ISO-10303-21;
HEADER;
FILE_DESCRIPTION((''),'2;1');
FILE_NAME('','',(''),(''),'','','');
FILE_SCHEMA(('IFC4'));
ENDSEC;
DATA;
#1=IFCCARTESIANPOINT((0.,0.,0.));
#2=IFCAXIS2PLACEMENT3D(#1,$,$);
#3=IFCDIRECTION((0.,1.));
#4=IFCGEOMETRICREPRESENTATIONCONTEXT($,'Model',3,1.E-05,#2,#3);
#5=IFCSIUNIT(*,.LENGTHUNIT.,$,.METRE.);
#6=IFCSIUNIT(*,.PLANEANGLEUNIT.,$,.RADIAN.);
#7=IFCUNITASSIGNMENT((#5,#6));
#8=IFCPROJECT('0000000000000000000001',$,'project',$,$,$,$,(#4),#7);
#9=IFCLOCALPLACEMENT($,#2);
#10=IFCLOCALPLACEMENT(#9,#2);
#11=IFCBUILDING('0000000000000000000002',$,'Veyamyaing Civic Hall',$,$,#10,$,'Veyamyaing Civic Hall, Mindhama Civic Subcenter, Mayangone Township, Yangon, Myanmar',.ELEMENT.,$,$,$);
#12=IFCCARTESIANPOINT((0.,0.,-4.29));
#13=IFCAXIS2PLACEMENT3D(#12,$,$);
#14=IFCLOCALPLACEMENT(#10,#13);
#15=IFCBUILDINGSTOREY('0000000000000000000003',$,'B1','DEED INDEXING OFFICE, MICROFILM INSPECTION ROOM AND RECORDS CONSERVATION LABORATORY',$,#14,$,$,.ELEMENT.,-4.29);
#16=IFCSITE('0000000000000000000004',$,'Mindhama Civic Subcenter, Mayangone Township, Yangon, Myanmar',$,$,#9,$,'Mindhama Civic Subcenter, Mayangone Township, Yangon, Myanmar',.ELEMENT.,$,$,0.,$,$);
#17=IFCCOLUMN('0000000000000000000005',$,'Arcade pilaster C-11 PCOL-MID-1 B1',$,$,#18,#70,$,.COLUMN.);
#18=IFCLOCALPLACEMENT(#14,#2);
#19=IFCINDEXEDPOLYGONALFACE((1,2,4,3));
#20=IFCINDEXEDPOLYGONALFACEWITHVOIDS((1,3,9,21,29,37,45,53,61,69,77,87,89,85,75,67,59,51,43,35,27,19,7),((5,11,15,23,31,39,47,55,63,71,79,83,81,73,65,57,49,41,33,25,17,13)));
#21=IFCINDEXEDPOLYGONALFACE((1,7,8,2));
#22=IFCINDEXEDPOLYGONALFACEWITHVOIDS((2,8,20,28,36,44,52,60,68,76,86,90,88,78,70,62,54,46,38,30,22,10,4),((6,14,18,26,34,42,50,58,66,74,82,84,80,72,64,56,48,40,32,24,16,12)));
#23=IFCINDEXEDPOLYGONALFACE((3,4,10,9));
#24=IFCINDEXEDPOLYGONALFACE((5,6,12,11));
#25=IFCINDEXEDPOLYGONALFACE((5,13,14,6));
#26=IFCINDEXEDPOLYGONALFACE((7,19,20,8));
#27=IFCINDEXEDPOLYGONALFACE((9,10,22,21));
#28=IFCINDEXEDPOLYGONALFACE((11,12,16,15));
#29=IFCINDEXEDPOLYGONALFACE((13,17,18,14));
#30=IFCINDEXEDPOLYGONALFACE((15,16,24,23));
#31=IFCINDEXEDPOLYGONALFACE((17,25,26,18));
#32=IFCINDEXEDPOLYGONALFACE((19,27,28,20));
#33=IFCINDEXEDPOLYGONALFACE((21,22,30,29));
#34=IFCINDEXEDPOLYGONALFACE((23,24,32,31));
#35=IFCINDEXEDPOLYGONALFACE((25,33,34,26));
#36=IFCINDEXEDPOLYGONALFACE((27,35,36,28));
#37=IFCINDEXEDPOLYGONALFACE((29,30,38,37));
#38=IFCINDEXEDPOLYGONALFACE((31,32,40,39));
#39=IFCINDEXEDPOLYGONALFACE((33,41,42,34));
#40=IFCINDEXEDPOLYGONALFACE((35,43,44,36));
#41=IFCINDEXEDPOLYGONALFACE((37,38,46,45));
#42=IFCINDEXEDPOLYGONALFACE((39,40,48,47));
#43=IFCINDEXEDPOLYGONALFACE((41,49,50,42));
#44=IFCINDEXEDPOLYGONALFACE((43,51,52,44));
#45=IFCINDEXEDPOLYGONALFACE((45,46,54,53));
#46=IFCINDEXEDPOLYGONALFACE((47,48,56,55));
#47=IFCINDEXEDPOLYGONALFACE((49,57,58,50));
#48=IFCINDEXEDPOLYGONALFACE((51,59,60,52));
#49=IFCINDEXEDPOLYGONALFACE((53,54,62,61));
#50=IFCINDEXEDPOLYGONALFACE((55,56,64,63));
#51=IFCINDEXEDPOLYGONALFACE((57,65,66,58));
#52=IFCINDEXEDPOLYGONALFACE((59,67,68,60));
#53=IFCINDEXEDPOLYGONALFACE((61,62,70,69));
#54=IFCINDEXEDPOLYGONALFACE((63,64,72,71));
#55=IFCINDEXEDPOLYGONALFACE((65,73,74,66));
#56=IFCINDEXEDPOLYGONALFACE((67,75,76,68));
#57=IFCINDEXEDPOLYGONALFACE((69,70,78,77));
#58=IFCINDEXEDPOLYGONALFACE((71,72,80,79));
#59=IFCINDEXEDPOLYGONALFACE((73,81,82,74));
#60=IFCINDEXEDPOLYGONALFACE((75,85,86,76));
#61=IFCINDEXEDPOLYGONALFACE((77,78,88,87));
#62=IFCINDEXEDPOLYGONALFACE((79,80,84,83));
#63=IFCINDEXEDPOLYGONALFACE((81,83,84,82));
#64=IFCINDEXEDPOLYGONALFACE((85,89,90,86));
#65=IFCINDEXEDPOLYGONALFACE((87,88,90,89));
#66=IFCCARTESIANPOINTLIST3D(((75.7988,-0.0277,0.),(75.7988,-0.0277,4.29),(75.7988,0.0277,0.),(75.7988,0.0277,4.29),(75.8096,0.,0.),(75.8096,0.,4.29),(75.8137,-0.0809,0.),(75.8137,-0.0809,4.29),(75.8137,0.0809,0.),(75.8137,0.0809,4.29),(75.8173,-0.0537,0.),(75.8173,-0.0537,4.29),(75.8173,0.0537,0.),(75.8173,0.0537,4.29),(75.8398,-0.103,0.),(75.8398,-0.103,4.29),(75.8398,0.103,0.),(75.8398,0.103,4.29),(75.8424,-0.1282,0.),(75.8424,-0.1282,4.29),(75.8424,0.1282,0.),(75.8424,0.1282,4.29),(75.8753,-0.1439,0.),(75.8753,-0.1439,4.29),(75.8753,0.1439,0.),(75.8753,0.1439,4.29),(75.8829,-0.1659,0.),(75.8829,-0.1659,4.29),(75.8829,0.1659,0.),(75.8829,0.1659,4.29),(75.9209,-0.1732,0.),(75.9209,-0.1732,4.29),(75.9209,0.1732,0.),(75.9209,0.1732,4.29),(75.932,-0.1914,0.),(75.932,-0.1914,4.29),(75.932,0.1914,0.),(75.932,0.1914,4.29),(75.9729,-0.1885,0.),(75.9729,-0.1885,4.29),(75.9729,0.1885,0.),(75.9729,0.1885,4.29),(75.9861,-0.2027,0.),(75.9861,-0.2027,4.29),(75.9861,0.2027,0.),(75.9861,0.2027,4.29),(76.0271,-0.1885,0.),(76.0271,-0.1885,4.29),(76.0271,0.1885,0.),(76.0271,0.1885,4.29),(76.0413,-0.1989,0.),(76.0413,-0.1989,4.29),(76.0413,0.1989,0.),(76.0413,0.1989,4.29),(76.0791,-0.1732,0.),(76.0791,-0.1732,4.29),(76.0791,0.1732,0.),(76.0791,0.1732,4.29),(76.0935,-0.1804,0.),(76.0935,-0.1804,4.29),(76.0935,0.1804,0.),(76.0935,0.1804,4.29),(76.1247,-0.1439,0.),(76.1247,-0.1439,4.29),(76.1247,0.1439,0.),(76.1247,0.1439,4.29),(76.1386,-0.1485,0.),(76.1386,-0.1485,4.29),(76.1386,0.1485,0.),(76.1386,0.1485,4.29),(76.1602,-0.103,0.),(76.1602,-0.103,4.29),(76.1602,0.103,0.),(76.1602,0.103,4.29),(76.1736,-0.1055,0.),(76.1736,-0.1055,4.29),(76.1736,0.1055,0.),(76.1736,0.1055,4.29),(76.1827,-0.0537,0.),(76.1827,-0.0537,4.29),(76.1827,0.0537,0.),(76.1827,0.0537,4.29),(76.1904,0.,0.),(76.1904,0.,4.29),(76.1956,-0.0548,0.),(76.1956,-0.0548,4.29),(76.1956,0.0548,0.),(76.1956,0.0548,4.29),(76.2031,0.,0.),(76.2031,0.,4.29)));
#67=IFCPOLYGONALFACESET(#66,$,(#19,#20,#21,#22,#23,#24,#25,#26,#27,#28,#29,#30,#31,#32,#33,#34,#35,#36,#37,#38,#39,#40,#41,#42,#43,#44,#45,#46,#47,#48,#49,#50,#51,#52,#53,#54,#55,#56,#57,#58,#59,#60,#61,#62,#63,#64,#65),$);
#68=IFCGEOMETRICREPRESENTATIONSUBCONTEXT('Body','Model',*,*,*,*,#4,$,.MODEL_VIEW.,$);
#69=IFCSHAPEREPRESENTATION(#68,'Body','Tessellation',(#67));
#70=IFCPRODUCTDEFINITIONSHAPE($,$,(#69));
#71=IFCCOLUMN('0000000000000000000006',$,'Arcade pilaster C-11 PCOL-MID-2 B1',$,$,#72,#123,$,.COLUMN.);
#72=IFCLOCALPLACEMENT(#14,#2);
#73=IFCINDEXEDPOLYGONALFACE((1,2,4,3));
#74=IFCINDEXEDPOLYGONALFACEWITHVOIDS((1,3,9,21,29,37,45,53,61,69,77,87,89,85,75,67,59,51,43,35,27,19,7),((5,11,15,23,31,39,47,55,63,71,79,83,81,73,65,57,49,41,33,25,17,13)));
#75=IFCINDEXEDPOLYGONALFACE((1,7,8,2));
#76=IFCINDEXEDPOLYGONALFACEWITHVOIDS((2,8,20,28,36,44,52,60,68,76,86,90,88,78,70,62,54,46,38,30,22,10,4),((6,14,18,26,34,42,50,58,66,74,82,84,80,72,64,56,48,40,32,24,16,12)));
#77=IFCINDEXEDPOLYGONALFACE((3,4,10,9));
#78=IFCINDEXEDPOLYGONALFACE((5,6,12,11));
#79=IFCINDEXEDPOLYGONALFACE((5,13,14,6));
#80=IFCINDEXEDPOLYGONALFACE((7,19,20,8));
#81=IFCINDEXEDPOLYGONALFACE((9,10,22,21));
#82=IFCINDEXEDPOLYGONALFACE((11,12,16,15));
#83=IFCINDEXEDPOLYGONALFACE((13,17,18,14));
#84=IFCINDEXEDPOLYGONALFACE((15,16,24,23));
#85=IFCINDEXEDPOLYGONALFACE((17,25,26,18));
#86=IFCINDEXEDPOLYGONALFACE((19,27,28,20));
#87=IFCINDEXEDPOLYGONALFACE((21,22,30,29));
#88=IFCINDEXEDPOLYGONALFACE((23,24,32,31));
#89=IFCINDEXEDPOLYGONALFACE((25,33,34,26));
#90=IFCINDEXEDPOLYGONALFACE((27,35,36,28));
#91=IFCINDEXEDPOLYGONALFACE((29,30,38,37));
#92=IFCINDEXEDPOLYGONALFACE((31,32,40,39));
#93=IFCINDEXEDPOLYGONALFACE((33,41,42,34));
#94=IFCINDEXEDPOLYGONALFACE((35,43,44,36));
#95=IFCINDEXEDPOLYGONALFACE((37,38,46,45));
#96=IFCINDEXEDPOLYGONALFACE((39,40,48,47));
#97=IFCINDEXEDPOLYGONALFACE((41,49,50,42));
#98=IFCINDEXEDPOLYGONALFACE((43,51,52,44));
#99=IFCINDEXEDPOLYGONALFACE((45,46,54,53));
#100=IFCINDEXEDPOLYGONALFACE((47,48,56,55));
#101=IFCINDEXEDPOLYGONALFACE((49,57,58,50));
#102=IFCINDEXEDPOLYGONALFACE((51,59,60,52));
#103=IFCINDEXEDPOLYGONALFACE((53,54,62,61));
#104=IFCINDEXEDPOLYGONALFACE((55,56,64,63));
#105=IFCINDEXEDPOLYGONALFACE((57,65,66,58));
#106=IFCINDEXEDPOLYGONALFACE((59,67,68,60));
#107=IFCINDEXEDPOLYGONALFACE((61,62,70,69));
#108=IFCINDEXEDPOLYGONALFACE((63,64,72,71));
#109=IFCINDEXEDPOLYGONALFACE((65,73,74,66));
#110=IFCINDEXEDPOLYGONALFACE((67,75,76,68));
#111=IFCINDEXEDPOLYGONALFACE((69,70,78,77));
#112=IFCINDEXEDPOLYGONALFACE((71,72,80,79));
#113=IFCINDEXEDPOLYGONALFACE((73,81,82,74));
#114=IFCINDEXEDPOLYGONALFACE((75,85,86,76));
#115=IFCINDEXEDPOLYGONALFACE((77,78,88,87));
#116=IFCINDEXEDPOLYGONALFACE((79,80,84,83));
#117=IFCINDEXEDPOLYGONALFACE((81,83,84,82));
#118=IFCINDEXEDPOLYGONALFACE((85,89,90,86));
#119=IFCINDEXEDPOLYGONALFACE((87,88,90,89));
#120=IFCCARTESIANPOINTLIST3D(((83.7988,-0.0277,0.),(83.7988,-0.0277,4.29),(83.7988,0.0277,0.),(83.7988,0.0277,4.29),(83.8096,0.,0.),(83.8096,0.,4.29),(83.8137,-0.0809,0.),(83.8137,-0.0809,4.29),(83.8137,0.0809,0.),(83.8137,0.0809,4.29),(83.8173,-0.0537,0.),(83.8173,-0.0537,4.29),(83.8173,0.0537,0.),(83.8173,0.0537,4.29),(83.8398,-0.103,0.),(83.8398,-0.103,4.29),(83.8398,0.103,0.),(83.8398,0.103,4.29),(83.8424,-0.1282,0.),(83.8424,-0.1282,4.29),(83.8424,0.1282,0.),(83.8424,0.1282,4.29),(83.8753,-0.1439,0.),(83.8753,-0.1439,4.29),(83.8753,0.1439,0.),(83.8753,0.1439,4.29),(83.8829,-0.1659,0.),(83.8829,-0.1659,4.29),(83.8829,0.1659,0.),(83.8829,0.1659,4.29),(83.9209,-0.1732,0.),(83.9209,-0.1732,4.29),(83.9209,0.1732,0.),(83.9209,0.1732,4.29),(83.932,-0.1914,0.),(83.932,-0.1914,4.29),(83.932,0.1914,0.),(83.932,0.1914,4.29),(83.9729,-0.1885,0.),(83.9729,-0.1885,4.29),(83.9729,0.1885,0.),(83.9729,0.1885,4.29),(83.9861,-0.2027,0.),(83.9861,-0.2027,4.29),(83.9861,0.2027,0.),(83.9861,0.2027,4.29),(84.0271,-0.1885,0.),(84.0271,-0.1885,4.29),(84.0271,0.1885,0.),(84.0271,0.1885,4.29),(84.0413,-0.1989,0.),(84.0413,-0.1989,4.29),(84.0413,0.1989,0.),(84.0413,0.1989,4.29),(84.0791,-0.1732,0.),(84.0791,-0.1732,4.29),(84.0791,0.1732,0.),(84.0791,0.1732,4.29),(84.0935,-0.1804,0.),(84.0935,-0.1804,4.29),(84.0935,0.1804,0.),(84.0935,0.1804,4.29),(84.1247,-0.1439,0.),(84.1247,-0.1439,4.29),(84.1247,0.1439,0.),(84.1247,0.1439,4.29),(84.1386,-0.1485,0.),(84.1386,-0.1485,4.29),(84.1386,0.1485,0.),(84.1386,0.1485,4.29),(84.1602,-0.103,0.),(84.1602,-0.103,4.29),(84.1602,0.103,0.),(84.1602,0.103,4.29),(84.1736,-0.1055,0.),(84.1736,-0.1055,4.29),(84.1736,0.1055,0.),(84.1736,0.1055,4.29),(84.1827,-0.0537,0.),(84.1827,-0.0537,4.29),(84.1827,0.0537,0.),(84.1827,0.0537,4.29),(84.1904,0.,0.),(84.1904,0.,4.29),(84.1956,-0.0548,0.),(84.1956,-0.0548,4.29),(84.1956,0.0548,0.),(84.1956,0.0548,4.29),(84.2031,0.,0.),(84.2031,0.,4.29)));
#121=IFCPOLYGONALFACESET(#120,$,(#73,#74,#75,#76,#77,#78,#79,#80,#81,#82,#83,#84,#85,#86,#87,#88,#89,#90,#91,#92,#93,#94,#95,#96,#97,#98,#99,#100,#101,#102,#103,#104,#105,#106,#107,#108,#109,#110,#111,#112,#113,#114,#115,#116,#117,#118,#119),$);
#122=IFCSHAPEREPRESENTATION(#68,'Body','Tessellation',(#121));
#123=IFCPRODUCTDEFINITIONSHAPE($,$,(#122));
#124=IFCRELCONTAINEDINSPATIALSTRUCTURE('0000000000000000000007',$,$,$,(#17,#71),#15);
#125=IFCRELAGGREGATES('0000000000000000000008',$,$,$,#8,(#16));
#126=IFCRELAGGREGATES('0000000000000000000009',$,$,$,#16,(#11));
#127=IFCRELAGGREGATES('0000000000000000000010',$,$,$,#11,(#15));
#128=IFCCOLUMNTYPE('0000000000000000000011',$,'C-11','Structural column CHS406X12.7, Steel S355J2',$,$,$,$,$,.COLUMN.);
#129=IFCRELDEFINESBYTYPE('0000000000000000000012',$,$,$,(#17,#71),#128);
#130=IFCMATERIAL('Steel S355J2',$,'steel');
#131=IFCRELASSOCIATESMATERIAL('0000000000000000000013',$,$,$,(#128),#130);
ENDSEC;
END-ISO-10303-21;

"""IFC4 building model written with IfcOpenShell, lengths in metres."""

from ifc_helpers import new_model, si_unit, direction, frame, origin, origin_2d, place, context, subcontext, project, spatial, hollow_circle, extrude, material, material_profile, profile_set, type_object, element, save


model = new_model("IFC4")

# Units and contexts
model_context = context("Model", 3, precision=1e-05, world=origin(), true_north=direction((0.0, 1.0)))
body_context = subcontext(model_context, "Body", "Model", "MODEL_VIEW")
ifc_project = project(units=[si_unit("LENGTHUNIT", "METRE"), si_unit("PLANEANGLEUNIT", "RADIAN")], contexts=[model_context])

# Site, building, storey
site_placement = place(None, origin())
site = spatial("IfcSite", under=ifc_project, at=site_placement, Name="Mindhama Civic Subcenter, Mayangone Township, Yangon, Myanmar", LongName="Mindhama Civic Subcenter, Mayangone Township, Yangon, Myanmar", CompositionType="ELEMENT", RefElevation=0.0)
building_placement = place(site_placement, origin())
building = spatial("IfcBuilding", under=site, at=building_placement, Name="Veyamyaing Civic Hall", LongName="Veyamyaing Civic Hall, Mindhama Civic Subcenter, Mayangone Township, Yangon, Myanmar", CompositionType="ELEMENT")
storey_placement = place(building_placement, frame((0.0, 0.0, -4.29)))
storey = spatial("IfcBuildingStorey", under=building, at=storey_placement, Name="B1", Description="DEED INDEXING OFFICE, MICROFILM INSPECTION ROOM AND RECORDS CONSERVATION LABORATORY", CompositionType="ELEMENT", Elevation=-4.29)

# Columns
ifc_material_1 = material(Name="Steel S355J2", Category="steel")
ifc_material_profile_1 = material_profile(ifc_material_1, hollow_circle(Radius=0.2031, WallThickness=0.0127, at=origin_2d()), Name="CHS406X12.7")
ifc_profile_set_1 = profile_set([ifc_material_profile_1], Name="Steel S355J2")
column_type_1 = type_object("IfcColumnType", Name="C-11", Description="Structural column CHS406X12.7, Steel S355J2", PredefinedType="COLUMN", material=ifc_profile_set_1)
for number, where, z_axis, x_axis, name in (
    (1, (76.0, 0.0, 0.0), (0.0, 0.0, 1.0), (1.0, 0.0, 0.0), "Arcade pilaster C-11 PCOL-MID-1 B1"),
    (2, (84.0, 0.0, 0.0), (0.0, 0.0, 1.0), (1.0, 0.0, 0.0), "Arcade pilaster C-11 PCOL-MID-2 B1"),
):
    element("IfcColumn", number, at=place(storey_placement, frame(where, z_axis=z_axis, x_axis=x_axis)), inside=storey, type_object=column_type_1, Name=name, PredefinedType="COLUMN", context=body_context, shape_type="SweptSolid", body=[
        extrude(hollow_circle(Radius=0.2031, WallThickness=0.0127, at=origin_2d()), origin(), (0.0, 0.0, 1.0), 4.29),
    ])

save(model, "model.ifc")
